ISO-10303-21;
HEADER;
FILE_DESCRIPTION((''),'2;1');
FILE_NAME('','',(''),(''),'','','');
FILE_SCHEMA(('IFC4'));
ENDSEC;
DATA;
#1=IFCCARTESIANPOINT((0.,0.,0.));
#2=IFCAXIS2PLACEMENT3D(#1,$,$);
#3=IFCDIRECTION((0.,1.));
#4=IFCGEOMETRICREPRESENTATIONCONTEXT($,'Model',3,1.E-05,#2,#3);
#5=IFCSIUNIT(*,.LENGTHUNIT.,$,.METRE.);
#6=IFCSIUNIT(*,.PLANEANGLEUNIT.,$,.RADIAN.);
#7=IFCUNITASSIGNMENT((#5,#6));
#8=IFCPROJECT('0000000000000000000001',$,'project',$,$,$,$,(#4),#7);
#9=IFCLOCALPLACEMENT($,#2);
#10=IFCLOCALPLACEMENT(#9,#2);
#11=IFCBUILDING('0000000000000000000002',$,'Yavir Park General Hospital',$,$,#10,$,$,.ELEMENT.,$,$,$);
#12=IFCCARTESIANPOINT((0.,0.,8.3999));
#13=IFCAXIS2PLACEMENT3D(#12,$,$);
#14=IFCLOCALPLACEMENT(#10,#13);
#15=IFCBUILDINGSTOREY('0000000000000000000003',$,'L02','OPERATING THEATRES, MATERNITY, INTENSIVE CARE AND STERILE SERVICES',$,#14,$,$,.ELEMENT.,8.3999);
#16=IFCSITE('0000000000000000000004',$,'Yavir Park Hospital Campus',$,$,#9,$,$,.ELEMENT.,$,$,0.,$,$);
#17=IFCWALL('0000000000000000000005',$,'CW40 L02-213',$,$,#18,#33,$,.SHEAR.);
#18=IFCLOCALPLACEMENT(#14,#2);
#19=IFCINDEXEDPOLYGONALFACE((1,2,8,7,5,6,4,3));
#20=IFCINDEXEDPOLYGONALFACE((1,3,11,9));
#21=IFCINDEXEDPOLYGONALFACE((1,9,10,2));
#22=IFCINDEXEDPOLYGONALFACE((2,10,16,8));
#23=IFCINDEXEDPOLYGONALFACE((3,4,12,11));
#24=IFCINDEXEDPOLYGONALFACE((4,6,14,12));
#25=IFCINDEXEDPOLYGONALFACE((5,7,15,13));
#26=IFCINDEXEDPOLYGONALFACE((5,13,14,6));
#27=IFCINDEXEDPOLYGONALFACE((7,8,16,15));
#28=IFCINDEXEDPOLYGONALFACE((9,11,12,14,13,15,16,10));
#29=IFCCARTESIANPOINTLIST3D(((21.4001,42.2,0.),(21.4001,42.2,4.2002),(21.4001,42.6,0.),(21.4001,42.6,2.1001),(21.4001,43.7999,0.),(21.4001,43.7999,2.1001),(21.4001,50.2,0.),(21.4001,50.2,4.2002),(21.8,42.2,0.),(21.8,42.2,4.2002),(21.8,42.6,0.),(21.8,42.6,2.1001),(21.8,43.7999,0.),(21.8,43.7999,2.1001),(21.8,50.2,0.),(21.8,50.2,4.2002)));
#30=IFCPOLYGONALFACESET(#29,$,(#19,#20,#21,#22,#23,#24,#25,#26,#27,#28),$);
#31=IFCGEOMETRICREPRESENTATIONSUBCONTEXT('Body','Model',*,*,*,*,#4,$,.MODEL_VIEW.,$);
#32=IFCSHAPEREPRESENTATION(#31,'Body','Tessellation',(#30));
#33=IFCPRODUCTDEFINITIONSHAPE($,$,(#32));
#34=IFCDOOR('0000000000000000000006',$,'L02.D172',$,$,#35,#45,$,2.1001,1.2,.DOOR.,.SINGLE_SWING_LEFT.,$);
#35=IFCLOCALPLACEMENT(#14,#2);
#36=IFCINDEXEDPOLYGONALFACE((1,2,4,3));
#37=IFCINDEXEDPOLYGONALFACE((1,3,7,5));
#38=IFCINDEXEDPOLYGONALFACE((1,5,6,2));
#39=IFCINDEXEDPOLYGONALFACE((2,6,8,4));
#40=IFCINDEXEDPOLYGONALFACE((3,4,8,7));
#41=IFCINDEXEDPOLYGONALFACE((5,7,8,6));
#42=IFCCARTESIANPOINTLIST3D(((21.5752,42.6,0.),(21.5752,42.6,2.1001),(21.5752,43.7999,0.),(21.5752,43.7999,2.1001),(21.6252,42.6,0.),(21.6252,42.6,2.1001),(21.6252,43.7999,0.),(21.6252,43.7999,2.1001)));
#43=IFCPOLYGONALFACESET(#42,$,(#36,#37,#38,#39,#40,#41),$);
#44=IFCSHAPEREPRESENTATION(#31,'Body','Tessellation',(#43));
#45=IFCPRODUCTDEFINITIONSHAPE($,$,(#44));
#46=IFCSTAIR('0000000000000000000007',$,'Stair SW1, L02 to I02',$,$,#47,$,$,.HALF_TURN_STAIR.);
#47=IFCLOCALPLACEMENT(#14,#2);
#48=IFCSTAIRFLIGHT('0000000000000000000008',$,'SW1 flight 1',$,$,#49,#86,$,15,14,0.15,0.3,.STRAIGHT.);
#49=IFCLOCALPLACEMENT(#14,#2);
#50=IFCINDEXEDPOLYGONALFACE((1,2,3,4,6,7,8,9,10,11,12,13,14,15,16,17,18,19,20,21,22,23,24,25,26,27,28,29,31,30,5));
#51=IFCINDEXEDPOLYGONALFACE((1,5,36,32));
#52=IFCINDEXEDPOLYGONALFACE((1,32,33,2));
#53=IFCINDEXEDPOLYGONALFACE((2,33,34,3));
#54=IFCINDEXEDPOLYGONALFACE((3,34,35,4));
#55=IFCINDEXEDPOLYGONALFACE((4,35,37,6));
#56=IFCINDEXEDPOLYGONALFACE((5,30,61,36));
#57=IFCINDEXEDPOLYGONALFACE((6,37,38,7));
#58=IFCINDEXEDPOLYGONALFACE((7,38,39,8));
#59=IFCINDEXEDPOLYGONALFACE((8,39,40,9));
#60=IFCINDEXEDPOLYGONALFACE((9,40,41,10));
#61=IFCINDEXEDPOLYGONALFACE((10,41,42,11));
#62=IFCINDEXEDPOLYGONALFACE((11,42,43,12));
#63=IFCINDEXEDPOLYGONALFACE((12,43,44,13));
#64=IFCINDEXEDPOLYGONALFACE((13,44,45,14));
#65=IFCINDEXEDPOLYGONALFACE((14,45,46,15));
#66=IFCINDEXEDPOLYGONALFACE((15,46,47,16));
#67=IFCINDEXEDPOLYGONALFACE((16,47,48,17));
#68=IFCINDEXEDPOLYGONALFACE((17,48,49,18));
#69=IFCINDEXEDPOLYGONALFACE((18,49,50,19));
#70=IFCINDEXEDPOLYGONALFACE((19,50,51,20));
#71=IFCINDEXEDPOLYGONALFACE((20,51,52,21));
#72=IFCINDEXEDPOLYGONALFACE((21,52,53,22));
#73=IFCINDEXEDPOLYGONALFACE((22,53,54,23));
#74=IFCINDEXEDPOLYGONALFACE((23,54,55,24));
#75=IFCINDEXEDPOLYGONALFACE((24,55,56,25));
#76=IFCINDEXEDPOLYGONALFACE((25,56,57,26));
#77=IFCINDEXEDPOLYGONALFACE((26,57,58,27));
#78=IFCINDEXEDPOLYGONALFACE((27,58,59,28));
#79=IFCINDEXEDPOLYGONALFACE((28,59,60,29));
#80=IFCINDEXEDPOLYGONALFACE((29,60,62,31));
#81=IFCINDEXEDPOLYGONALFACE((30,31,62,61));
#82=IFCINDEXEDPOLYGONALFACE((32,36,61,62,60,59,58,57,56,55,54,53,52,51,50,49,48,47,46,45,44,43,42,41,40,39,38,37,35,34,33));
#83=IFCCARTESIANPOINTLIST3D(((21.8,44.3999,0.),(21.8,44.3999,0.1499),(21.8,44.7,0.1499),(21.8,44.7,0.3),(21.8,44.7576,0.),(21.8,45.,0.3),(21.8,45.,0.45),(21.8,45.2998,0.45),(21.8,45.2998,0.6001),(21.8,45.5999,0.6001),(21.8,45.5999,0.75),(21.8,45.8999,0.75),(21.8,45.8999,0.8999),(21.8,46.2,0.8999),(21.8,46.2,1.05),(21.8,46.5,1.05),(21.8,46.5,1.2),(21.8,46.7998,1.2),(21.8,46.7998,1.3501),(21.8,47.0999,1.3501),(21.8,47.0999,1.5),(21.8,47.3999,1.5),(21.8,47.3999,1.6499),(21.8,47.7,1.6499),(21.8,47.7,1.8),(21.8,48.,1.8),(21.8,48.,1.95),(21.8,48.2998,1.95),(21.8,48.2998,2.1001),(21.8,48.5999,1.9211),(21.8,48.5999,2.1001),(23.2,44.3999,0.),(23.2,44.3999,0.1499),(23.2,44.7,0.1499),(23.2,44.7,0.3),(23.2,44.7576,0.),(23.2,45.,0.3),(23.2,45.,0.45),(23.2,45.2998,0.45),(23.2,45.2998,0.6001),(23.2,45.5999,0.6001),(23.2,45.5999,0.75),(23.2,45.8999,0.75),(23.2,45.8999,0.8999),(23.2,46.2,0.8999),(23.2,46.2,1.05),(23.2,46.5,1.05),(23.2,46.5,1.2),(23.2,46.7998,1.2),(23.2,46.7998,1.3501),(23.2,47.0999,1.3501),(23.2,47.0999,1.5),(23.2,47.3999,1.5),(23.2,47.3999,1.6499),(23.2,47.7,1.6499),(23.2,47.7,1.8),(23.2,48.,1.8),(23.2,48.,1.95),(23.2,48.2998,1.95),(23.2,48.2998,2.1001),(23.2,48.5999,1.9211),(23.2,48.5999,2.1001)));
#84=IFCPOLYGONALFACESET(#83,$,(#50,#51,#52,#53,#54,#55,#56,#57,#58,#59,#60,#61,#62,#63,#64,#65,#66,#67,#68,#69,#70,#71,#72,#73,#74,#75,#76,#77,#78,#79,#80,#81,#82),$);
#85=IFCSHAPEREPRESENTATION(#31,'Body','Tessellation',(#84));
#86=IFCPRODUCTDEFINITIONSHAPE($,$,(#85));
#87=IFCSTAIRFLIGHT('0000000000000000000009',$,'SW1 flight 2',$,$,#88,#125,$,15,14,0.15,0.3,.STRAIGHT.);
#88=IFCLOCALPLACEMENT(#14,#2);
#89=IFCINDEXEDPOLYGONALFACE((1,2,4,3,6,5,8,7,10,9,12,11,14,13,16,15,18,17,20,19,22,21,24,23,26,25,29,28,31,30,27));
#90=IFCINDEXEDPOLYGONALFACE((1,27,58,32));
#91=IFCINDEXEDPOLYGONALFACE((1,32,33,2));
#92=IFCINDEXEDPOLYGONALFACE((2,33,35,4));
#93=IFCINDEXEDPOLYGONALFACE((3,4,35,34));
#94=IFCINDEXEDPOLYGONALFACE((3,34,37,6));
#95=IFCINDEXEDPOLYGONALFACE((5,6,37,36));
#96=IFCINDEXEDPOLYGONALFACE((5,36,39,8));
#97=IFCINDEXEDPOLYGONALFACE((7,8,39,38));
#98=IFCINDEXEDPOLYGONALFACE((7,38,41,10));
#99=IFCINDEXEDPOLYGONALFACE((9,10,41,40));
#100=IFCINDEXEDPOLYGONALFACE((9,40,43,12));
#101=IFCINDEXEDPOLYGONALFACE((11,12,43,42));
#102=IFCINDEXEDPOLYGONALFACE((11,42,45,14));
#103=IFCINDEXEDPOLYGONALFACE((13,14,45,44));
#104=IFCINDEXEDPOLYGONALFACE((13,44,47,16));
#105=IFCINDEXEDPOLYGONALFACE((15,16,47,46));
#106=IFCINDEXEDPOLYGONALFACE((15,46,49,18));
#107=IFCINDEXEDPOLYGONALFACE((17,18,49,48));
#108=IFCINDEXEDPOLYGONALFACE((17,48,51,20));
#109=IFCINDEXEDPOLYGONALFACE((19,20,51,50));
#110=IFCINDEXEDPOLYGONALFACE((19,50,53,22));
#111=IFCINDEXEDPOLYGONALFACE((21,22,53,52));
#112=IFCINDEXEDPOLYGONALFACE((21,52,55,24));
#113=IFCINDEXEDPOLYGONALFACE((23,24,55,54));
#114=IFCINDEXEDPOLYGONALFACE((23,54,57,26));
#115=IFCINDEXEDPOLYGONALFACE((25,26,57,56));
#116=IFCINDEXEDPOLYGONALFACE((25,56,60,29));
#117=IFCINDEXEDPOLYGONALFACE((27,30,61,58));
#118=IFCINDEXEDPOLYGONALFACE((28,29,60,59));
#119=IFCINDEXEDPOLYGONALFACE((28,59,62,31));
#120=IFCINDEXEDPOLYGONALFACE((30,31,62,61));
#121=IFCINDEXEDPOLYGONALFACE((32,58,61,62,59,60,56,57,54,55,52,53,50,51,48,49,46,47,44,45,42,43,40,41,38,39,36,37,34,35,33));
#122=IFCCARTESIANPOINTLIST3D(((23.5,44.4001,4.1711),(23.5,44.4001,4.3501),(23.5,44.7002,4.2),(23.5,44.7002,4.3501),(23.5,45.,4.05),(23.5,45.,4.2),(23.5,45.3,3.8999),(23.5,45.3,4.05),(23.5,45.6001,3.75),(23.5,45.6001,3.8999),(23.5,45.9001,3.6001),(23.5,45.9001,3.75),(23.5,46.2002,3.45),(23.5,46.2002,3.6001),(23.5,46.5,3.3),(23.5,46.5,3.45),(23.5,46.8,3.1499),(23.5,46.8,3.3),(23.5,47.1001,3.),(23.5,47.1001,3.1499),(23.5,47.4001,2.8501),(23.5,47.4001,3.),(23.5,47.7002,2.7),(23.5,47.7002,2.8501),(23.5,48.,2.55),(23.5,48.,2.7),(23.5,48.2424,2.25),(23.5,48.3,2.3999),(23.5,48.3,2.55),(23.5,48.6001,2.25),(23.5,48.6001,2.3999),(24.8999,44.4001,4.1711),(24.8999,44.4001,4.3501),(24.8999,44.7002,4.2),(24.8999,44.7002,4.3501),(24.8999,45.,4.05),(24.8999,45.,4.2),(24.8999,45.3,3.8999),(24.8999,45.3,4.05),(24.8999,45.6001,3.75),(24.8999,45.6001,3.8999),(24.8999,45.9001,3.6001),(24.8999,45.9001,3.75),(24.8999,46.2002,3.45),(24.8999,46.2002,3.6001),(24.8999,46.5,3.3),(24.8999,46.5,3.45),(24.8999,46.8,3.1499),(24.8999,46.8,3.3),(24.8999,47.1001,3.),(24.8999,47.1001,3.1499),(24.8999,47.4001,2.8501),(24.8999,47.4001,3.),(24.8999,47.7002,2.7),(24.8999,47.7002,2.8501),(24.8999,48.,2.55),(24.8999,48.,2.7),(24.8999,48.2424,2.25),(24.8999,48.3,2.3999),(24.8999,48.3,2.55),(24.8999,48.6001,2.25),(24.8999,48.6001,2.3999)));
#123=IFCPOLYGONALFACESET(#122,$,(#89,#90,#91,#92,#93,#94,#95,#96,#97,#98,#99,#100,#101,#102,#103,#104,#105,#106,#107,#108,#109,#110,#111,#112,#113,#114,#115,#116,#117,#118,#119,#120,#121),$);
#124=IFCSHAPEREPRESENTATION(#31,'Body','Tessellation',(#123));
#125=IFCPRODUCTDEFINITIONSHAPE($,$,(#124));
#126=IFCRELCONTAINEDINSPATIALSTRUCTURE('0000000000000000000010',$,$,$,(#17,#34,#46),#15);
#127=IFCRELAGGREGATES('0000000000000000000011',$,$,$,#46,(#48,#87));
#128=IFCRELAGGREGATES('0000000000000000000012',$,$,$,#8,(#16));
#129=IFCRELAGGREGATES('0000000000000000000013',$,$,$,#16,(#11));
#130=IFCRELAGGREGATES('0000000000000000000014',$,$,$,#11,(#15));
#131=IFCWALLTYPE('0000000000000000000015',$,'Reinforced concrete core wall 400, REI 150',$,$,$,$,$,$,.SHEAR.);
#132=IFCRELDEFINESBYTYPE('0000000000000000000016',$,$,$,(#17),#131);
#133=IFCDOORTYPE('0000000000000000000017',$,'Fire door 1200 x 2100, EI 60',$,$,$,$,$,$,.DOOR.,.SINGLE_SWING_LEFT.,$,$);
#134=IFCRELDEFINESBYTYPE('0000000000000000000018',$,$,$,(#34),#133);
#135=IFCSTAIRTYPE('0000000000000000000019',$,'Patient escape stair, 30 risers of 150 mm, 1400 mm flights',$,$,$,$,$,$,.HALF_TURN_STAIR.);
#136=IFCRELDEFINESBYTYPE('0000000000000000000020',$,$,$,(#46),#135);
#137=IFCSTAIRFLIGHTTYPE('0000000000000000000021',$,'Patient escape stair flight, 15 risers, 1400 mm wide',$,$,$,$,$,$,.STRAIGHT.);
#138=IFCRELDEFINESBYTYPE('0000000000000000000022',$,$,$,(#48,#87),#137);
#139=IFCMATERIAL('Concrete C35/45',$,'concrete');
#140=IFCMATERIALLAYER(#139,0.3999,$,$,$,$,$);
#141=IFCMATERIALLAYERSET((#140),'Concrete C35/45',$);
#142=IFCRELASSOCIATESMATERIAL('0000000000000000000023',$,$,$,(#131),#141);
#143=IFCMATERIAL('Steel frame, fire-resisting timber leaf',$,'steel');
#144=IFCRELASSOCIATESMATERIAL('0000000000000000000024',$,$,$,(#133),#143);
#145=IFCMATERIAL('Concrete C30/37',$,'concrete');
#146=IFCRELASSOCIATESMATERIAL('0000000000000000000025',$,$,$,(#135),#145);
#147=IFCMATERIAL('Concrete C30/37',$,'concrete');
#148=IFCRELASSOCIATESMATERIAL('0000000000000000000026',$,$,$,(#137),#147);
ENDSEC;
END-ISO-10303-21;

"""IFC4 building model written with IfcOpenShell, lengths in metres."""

from ifc_helpers import new_model, si_unit, direction, frame, frame_2d, origin, place, context, subcontext, project, spatial, polyline, rectangle, outline, extrude, material, layer, layer_set, type_object, element, fill, aggregate, save


model = new_model("IFC4")

# Units and contexts
model_context = context("Model", 3, precision=1e-05, world=origin(), true_north=direction((0.0, 1.0)))
body_context = subcontext(model_context, "Body", "Model", "MODEL_VIEW")
ifc_project = project(units=[si_unit("LENGTHUNIT", "METRE"), si_unit("PLANEANGLEUNIT", "RADIAN")], contexts=[model_context])

# Site, building, storey
site_placement = place(None, origin())
site = spatial("IfcSite", under=ifc_project, at=site_placement, Name="Yavir Park Hospital Campus", CompositionType="ELEMENT", RefElevation=0.0)
building_placement = place(site_placement, origin())
building = spatial("IfcBuilding", under=site, at=building_placement, Name="Yavir Park General Hospital", CompositionType="ELEMENT")
storey_placement = place(building_placement, frame((0.0, 0.0, 8.3999)))
storey = spatial("IfcBuildingStorey", under=building, at=storey_placement, Name="L02", Description="OPERATING THEATRES, MATERNITY, INTENSIVE CARE AND STERILE SERVICES", CompositionType="ELEMENT", Elevation=8.3999)

# Shared definitions
ifc_material_1 = material(Name="Concrete C35/45", Category="concrete")
ifc_layer_1 = layer(ifc_material_1, 0.3999)
ifc_layer_set_1 = layer_set([ifc_layer_1], Name="Concrete C35/45")
wall_type_1 = type_object("IfcWallType", Name="Reinforced concrete core wall 400, REI 150", PredefinedType="SHEAR", material=ifc_layer_set_1)

# Wall, opening, door
wall_placement = place(storey_placement, frame((21.6001, 42.2, 0.0), z_axis=(0.0, 0.0, 1.0), x_axis=(0.0, 1.0, 0.0)))
wall = element("IfcWall", 1, at=wall_placement, inside=storey, type_object=wall_type_1, Name="CW40 L02-213", PredefinedType="SHEAR", context=body_context, shape_type="SweptSolid", body=[
    extrude(rectangle(XDim=8.0, YDim=0.3999, at=frame_2d((4.0, 0.0))), origin(), (0.0, 0.0, 1.0), 4.2002),
])
opening_placement = place(wall_placement, frame((0.3999, 0.0, 0.0)))
opening = element("IfcOpeningElement", 2, at=opening_placement, cuts=wall, PredefinedType="OPENING", context=body_context, shape_type="SweptSolid", body=[
    extrude(rectangle(XDim=1.2, YDim=2.1001, at=frame_2d((0.6001, 1.05))), frame((0.0, 0.21, 0.0), z_axis=(0.0, -1.0, 0.0), x_axis=(1.0, 0.0, 0.0)), (0.0, 0.0, 1.0), 0.4199),
])
ifc_material_2 = material(Name="Steel frame, fire-resisting timber leaf", Category="steel")
door_type = type_object("IfcDoorType", Name="Fire door 1200 x 2100, EI 60", OperationType="SINGLE_SWING_LEFT", PredefinedType="DOOR", material=ifc_material_2)
door_placement = place(opening_placement, origin())
door = element("IfcDoor", 3, at=door_placement, inside=storey, type_object=door_type, Name="L02.D172", OperationType="SINGLE_SWING_LEFT", OverallHeight=2.1001, OverallWidth=1.2, PredefinedType="DOOR", context=body_context, shape_type="SweptSolid", body=[
    extrude(rectangle(XDim=1.2, YDim=2.1001, at=frame_2d((0.6001, 1.05))), frame((0.0, 0.0249, 0.0), z_axis=(0.0, -1.0, 0.0), x_axis=(1.0, 0.0, 0.0)), (0.0, 0.0, 1.0), 0.05),
])
fill(opening, door)

# Stair, stair flights
ifc_material_3 = material(Name="Concrete C30/37", Category="concrete")
stair_type = type_object("IfcStairType", Name="Patient escape stair, 30 risers of 150 mm, 1400 mm flights", PredefinedType="HALF_TURN_STAIR", material=ifc_material_3)
stair_placement = place(storey_placement, origin())
stair = element("IfcStair", 4, at=stair_placement, inside=storey, type_object=stair_type, Name="Stair SW1, L02 to I02", PredefinedType="HALF_TURN_STAIR")
ifc_material_4 = material(Name="Concrete C30/37", Category="concrete")
stair_flight_type = type_object("IfcStairFlightType", Name="Patient escape stair flight, 15 risers, 1400 mm wide", PredefinedType="STRAIGHT", material=ifc_material_4)
stair_flight_1_placement = place(storey_placement, frame((22.5, 44.3999, 0.0), z_axis=(0.0, 0.0, 1.0), x_axis=(0.0, 1.0, 0.0)))
stair_flight_1 = element("IfcStairFlight", 5, at=stair_flight_1_placement, type_object=stair_flight_type, Name="SW1 flight 1", NumberOfRisers=15, NumberOfTreads=14, PredefinedType="STRAIGHT", RiserHeight=0.15, TreadLength=0.3, context=body_context, shape_type="SweptSolid", body=[
    extrude(outline(polyline([(0.0, 0.0), (0.0, 0.1499), (0.3, 0.1499), (0.3, 0.3), (0.6001, 0.3), (0.6001, 0.45), (0.8999, 0.45), (0.8999, 0.6001), (1.2, 0.6001), (1.2, 0.75), (1.5, 0.75), (1.5, 0.8999), (1.8, 0.8999), (1.8, 1.05), (2.1001, 1.05), (2.1001, 1.2), (2.3999, 1.2), (2.3999, 1.3501), (2.7, 1.3501), (2.7, 1.5), (3.0, 1.5), (3.0, 1.6499), (3.3, 1.6499), (3.3, 1.8), (3.6001, 1.8), (3.6001, 1.95), (3.8999, 1.95), (3.8999, 2.1001), (4.2, 2.1001), (4.2, 2.25), (4.2, 1.9211), (0.3577, 0.0), (0.0, 0.0)])), frame((0.0, 0.7, 0.0), z_axis=(0.0, -1.0, 0.0), x_axis=(1.0, 0.0, 0.0)), (0.0, 0.0, 1.0), 1.3999),
])
stair_flight_2_placement = place(storey_placement, frame((24.2, 48.6001, 2.25), z_axis=(0.0, 0.0, 1.0), x_axis=(0.0, -1.0, 0.0)))
stair_flight_2 = element("IfcStairFlight", 6, at=stair_flight_2_placement, type_object=stair_flight_type, Name="SW1 flight 2", NumberOfRisers=15, NumberOfTreads=14, PredefinedType="STRAIGHT", RiserHeight=0.15, TreadLength=0.3, context=body_context, shape_type="SweptSolid", body=[
    extrude(outline(polyline([(0.0, 0.0), (0.0, 0.1499), (0.3, 0.1499), (0.3, 0.3), (0.6001, 0.3), (0.6001, 0.45), (0.8999, 0.45), (0.8999, 0.6001), (1.2, 0.6001), (1.2, 0.75), (1.5, 0.75), (1.5, 0.8999), (1.8, 0.8999), (1.8, 1.05), (2.1001, 1.05), (2.1001, 1.2), (2.3999, 1.2), (2.3999, 1.3501), (2.7, 1.3501), (2.7, 1.5), (3.0, 1.5), (3.0, 1.6499), (3.3, 1.6499), (3.3, 1.8), (3.6001, 1.8), (3.6001, 1.95), (3.8999, 1.95), (3.8999, 2.1001), (4.2, 2.1001), (4.2, 2.25), (4.2, 1.9211), (0.3577, 0.0), (0.0, 0.0)])), frame((0.0, 0.7, 0.0), z_axis=(0.0, -1.0, 0.0), x_axis=(1.0, 0.0, 0.0)), (0.0, 0.0, 1.0), 1.3999),
])
aggregate(stair, [stair_flight_1, stair_flight_2])

save(model, "model.ifc")
